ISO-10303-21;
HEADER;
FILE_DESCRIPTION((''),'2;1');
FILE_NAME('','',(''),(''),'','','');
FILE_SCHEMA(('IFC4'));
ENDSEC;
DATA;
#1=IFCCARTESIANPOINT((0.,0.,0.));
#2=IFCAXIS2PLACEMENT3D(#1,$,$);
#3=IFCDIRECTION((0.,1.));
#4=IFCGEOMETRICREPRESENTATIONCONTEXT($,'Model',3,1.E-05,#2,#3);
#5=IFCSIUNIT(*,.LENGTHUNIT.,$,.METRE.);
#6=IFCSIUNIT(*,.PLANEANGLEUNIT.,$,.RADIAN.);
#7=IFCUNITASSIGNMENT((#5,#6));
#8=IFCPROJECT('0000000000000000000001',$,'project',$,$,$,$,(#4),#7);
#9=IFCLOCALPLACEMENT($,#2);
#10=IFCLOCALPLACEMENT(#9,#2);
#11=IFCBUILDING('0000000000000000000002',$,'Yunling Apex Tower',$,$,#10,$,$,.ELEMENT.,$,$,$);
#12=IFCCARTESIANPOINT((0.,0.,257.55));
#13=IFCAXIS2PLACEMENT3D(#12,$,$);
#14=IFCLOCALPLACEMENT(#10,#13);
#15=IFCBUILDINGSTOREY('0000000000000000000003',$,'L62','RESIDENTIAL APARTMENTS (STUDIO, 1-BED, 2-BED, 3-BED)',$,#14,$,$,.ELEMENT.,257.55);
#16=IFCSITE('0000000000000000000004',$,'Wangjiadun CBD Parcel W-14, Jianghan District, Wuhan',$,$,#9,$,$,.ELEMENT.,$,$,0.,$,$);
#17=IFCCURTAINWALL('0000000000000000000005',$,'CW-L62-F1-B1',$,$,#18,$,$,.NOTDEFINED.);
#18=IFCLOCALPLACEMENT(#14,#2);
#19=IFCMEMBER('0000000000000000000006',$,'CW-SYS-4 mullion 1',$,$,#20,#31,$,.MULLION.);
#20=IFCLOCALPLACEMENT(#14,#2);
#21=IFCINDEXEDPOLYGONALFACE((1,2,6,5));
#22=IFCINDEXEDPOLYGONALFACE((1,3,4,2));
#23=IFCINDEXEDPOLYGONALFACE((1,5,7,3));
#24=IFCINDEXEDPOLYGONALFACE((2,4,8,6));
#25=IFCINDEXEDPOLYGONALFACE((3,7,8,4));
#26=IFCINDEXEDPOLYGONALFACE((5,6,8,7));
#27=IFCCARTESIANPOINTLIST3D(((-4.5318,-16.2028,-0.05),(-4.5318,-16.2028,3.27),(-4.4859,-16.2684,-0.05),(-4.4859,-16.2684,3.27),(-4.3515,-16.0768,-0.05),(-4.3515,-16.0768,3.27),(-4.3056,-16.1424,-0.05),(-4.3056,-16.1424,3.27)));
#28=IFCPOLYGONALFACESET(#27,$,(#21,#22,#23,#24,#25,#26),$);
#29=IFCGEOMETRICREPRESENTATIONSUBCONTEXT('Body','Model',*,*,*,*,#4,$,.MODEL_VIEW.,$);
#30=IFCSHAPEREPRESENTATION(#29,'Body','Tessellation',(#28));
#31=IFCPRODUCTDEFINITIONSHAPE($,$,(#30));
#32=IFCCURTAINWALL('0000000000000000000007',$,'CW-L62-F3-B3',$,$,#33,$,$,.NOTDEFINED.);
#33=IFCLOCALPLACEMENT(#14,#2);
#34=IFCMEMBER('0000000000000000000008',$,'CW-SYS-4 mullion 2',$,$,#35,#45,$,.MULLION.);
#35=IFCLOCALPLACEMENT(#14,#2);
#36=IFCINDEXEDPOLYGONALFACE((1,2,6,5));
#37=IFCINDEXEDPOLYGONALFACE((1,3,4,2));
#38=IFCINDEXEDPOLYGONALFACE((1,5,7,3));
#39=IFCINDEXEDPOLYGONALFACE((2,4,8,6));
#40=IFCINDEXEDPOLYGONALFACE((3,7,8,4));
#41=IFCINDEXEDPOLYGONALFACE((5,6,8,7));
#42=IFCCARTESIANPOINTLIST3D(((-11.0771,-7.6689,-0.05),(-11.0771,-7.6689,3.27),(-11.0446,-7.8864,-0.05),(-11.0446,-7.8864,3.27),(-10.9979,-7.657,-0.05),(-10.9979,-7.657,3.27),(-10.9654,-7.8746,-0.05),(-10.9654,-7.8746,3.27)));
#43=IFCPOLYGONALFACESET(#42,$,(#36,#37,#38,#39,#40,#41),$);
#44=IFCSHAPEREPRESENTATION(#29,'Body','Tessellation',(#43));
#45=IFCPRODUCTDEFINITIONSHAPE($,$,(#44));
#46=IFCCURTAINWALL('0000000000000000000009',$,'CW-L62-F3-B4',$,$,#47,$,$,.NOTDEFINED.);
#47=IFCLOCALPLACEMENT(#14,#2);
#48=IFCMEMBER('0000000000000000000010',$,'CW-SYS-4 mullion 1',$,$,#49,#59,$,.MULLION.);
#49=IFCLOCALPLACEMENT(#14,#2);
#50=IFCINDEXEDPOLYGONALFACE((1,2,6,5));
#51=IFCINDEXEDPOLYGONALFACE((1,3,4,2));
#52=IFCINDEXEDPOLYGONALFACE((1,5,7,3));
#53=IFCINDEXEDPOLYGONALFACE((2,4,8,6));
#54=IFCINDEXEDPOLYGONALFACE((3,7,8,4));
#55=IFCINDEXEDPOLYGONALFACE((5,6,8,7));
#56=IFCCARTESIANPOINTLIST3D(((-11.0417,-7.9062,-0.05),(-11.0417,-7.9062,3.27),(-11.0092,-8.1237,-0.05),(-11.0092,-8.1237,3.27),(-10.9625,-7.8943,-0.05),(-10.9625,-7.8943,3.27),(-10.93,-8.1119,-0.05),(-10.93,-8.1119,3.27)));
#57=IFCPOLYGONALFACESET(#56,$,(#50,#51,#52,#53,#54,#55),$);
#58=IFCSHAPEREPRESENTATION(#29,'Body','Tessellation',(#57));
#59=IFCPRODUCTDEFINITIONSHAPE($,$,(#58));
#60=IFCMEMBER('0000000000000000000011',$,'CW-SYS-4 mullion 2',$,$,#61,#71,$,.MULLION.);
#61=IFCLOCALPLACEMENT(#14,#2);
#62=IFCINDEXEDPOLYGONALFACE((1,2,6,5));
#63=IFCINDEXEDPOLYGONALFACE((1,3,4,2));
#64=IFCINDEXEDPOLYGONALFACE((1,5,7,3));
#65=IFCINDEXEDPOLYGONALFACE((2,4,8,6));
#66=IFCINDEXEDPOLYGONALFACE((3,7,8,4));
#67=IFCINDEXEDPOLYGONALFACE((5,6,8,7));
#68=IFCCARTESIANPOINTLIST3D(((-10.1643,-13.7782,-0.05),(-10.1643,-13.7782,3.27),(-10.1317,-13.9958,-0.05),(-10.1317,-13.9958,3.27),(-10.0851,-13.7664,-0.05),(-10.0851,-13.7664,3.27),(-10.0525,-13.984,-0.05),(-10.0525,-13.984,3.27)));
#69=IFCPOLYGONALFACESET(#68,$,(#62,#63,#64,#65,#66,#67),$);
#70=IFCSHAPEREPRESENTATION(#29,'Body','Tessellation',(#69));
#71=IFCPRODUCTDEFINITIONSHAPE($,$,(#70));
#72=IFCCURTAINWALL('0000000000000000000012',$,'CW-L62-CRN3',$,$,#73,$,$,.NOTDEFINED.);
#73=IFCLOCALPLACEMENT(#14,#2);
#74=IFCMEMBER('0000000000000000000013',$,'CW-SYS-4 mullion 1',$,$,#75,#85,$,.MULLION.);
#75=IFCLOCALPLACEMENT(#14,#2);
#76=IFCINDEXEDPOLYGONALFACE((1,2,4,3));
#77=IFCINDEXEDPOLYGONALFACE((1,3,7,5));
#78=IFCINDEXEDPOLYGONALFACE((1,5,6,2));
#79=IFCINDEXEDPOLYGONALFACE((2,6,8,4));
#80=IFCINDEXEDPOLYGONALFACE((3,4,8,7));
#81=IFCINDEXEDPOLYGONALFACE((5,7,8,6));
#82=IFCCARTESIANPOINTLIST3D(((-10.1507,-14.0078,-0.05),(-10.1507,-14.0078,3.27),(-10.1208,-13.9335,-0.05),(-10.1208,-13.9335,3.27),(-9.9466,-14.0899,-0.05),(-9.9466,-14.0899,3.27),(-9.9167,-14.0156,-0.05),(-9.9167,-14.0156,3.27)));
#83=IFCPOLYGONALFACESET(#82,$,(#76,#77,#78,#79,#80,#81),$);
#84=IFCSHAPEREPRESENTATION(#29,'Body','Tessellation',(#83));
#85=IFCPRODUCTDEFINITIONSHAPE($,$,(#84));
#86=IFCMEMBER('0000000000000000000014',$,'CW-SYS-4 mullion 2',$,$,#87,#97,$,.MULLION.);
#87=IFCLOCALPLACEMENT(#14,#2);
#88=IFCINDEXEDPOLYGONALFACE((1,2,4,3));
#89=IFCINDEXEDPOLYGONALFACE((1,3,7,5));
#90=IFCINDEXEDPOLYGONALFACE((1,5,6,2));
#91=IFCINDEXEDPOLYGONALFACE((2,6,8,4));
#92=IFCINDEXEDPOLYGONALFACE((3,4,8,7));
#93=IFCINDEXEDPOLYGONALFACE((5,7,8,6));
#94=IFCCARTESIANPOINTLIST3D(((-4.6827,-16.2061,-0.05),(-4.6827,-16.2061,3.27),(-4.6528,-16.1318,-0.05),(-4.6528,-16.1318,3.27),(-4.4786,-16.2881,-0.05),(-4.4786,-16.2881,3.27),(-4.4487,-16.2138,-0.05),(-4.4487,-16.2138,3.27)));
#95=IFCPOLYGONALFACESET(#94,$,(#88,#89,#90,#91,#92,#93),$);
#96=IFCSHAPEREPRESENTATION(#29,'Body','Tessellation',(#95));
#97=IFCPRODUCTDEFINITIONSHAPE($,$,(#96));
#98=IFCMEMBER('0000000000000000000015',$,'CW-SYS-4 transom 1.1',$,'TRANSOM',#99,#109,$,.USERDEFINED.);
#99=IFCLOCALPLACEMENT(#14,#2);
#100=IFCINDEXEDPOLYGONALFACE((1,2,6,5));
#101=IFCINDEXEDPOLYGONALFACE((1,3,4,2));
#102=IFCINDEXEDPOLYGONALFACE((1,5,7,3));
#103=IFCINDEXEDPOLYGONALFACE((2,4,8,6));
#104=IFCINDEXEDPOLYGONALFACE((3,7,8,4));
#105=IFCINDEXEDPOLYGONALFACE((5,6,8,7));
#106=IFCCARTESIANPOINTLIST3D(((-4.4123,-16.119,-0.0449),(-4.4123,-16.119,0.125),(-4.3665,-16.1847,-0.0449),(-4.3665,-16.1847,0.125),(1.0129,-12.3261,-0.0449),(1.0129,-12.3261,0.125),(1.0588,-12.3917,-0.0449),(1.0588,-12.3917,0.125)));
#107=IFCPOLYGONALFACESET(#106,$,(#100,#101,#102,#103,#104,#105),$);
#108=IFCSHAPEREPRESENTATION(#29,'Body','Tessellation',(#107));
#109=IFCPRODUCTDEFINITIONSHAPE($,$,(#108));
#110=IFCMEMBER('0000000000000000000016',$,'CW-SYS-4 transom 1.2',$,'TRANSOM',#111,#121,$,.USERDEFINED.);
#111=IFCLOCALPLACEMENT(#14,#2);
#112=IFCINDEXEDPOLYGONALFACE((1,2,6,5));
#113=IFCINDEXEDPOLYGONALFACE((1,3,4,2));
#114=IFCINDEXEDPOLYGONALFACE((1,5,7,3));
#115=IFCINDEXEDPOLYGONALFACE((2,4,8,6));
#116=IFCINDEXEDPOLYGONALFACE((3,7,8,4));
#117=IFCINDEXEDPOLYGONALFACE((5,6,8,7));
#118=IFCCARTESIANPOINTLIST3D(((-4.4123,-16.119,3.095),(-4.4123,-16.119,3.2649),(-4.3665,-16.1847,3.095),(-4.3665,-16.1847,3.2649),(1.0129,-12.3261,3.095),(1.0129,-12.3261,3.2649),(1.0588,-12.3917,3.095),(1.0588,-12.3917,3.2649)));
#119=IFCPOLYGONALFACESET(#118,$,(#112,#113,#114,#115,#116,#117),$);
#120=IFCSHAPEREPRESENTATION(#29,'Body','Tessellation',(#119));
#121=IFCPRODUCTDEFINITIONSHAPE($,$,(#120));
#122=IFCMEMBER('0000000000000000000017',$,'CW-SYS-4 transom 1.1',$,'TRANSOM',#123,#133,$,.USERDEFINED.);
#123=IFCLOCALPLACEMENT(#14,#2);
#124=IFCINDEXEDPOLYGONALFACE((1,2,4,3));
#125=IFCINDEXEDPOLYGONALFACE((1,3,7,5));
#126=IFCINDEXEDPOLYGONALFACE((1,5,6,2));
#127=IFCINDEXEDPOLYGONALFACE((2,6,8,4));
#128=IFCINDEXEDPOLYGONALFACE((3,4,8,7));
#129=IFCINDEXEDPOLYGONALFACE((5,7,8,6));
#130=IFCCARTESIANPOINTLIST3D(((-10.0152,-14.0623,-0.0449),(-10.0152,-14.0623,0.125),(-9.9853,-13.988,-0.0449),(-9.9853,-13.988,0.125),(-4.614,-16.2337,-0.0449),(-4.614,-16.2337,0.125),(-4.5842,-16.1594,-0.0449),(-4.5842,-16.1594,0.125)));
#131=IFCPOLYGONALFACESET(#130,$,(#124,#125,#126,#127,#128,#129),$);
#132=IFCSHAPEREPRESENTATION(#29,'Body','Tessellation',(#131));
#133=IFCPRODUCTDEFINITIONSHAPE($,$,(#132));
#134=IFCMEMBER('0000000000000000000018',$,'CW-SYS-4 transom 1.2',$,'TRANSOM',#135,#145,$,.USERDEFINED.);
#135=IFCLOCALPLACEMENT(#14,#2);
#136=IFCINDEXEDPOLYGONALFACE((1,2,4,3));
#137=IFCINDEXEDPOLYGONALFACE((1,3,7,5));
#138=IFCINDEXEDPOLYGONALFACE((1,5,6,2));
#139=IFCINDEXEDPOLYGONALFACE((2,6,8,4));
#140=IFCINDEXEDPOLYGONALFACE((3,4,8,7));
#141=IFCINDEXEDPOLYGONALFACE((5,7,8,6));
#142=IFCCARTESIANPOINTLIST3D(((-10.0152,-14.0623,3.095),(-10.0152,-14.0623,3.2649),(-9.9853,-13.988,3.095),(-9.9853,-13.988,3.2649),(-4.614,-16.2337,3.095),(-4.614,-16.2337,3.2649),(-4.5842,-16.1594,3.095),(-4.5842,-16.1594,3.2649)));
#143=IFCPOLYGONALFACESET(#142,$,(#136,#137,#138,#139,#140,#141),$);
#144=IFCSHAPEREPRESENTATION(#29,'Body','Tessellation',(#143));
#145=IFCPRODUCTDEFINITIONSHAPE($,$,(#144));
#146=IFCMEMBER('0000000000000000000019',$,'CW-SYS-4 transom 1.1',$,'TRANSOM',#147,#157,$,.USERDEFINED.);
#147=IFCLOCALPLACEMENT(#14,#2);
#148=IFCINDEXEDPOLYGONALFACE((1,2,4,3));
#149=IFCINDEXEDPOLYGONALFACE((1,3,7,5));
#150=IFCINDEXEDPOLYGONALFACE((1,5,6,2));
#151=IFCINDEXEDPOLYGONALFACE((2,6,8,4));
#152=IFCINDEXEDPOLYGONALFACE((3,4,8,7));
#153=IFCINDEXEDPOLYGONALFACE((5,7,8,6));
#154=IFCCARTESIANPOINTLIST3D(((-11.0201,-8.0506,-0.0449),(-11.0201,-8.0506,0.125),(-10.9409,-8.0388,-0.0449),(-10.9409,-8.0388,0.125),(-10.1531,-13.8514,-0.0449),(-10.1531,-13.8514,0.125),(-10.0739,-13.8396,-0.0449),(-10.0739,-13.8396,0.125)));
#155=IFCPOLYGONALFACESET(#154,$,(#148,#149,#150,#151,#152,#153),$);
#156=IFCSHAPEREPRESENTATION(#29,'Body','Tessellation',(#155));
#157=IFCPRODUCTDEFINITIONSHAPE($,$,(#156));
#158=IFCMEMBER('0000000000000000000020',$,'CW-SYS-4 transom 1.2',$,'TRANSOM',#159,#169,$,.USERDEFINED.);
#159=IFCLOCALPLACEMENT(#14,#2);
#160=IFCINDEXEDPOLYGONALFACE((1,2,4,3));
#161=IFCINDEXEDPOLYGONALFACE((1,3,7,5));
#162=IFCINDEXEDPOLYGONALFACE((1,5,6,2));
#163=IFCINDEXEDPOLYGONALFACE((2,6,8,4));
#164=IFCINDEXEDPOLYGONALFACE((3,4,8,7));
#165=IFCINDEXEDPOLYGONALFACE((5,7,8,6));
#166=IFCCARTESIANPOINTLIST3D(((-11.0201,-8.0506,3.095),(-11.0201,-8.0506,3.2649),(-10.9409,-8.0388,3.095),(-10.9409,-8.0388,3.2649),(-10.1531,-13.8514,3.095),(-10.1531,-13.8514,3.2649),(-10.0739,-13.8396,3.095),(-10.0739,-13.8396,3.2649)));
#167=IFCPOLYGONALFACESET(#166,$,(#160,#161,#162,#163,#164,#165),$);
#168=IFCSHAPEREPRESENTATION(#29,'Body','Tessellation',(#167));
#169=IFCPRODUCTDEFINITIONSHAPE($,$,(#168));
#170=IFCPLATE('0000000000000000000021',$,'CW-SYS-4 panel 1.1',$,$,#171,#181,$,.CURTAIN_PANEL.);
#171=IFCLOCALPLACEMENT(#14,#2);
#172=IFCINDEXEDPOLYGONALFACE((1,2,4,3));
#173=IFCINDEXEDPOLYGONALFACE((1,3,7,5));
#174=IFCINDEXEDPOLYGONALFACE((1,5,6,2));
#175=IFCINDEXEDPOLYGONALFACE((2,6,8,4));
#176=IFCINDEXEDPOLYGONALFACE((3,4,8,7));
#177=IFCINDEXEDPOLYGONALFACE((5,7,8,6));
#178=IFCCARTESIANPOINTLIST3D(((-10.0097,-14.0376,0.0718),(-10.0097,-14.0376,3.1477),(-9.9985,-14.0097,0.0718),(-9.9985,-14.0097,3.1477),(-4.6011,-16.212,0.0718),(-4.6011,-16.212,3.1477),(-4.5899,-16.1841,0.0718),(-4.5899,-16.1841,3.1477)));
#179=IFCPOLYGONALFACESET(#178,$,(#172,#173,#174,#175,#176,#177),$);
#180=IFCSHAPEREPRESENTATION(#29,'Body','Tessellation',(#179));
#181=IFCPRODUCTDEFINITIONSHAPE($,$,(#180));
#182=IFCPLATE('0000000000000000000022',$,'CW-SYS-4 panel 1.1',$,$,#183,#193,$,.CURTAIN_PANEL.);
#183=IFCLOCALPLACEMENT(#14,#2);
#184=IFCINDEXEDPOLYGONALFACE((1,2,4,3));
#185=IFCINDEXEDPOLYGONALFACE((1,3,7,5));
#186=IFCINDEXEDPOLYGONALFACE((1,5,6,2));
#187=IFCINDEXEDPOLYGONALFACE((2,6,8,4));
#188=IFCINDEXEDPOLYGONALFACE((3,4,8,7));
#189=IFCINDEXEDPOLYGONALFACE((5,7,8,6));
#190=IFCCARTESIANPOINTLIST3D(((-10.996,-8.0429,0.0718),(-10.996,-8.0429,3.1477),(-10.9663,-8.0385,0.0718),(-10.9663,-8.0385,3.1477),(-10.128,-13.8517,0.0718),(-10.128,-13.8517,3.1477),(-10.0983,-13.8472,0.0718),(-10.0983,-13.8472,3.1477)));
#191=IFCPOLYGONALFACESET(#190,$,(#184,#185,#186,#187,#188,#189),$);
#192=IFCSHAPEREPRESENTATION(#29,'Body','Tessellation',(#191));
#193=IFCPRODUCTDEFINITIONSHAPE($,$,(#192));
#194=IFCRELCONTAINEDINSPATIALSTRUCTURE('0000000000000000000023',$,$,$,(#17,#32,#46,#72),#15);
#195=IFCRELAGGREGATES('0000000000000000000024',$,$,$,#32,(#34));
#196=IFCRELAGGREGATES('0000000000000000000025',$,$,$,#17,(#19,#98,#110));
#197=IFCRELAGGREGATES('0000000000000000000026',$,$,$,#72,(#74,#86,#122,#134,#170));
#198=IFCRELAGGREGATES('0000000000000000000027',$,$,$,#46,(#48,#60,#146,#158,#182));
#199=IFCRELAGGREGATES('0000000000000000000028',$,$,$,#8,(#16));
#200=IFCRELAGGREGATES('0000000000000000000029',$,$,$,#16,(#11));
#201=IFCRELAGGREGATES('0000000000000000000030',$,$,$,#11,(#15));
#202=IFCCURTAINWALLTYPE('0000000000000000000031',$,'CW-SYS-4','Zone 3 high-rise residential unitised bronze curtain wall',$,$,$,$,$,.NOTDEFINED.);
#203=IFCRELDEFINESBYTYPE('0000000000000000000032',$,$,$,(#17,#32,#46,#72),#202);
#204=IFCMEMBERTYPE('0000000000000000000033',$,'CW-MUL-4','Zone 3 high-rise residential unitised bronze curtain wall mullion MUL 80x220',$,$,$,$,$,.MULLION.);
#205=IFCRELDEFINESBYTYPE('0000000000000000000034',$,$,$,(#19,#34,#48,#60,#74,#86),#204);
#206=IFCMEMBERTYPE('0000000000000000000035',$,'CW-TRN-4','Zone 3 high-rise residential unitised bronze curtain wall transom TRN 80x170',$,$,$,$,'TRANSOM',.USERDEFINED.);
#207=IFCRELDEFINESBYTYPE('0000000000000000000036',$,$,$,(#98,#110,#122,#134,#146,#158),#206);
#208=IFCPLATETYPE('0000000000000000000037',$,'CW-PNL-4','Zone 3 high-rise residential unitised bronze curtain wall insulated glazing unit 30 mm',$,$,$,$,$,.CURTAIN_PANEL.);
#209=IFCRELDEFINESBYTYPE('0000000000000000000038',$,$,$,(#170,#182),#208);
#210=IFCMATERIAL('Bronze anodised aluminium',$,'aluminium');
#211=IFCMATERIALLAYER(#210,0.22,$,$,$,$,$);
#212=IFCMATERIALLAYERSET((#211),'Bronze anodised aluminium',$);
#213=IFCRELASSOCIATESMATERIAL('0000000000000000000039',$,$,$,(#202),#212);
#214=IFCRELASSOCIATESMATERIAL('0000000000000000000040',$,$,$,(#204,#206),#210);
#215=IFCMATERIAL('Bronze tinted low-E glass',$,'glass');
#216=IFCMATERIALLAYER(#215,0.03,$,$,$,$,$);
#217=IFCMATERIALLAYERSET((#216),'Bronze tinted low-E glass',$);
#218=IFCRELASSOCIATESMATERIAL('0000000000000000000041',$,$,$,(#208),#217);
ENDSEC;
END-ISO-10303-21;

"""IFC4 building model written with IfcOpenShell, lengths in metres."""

from ifc_helpers import new_model, si_unit, direction, frame, origin, origin_2d, place, context, subcontext, project, spatial, rectangle, extrude, source, transform, mapped, material, layer, layer_set, material_profile, profile_set, type_object, element, aggregate, save


model = new_model("IFC4")

# Units and contexts
model_context = context("Model", 3, precision=1e-05, world=origin(), true_north=direction((0.0, 1.0)))
body_context = subcontext(model_context, "Body", "Model", "MODEL_VIEW")
ifc_project = project(units=[si_unit("LENGTHUNIT", "METRE"), si_unit("PLANEANGLEUNIT", "RADIAN")], contexts=[model_context])

# Site, building, storey
site_placement = place(None, origin())
site = spatial("IfcSite", under=ifc_project, at=site_placement, Name="Wangjiadun CBD Parcel W-14, Jianghan District, Wuhan", CompositionType="ELEMENT", RefElevation=0.0)
building_placement = place(site_placement, origin())
building = spatial("IfcBuilding", under=site, at=building_placement, Name="Yunling Apex Tower", CompositionType="ELEMENT")
storey_placement = place(building_placement, frame((0.0, 0.0, 257.55)))
storey = spatial("IfcBuildingStorey", under=building, at=storey_placement, Name="L62", Description="RESIDENTIAL APARTMENTS (STUDIO, 1-BED, 2-BED, 3-BED)", CompositionType="ELEMENT", Elevation=257.55)

# Curtain walls, members
ifc_material_1 = material(Name="Bronze anodised aluminium", Category="aluminium")
ifc_layer_1 = layer(ifc_material_1, 0.22)
ifc_layer_set_1 = layer_set([ifc_layer_1], Name="Bronze anodised aluminium")
curtain_wall_type = type_object("IfcCurtainWallType", Name="CW-SYS-4", Description="Zone 3 high-rise residential unitised bronze curtain wall", PredefinedType="NOTDEFINED", material=ifc_layer_set_1)
curtain_wall_1_placement = place(storey_placement, origin())
curtain_wall_1 = element("IfcCurtainWall", 1, at=curtain_wall_1_placement, inside=storey, type_object=curtain_wall_type, Name="CW-L62-F1-B1", PredefinedType="NOTDEFINED")
ifc_material_profile_1 = material_profile(ifc_material_1, rectangle(XDim=0.0801, YDim=0.22, at=origin_2d()))
ifc_profile_set_1 = profile_set([ifc_material_profile_1], Name="Bronze anodised aluminium")
member_type_1 = type_object("IfcMemberType", Name="CW-MUL-4", Description="Zone 3 high-rise residential unitised bronze curtain wall mullion MUL 80x220", PredefinedType="MULLION", material=ifc_profile_set_1)
shared_shape_1 = source(origin(), body_context, "Body", "SweptSolid", [
    extrude(rectangle(XDim=0.0801, YDim=0.22, at=origin_2d()), origin(), (0.0, 0.0, 1.0), 3.3201),
])
member_1_placement = place(storey_placement, frame((-4.4187, -16.1726, -0.05), z_axis=(0.0, 0.0, 1.0), x_axis=(-0.573, 0.819555, 0.0)))
member_1 = element("IfcMember", 2, at=member_1_placement, type_object=member_type_1, Name="CW-SYS-4 mullion 1", PredefinedType="MULLION", context=body_context, shape_type="MappedRepresentation", body=[
    mapped(shared_shape_1, transform((0.0, 0.0, 0.0), scale=1.0)),
])
curtain_wall_2_placement = place(storey_placement, origin())
curtain_wall_2 = element("IfcCurtainWall", 3, at=curtain_wall_2_placement, inside=storey, type_object=curtain_wall_type, Name="CW-L62-F3-B3", PredefinedType="NOTDEFINED")
member_2_placement = place(storey_placement, frame((-11.0212, -7.7717, -0.05), z_axis=(0.0, 0.0, 1.0), x_axis=(0.989016, 0.147807, 0.0)))
member_2 = element("IfcMember", 4, at=member_2_placement, type_object=member_type_1, Name="CW-SYS-4 mullion 2", PredefinedType="MULLION", context=body_context, shape_type="MappedRepresentation", body=[
    mapped(shared_shape_1, transform((0.0, 0.0, 0.0), scale=1.0)),
])
aggregate(curtain_wall_2, [member_2])

# Curtain walls, members
curtain_wall_3_placement = place(storey_placement, origin())
curtain_wall_3 = element("IfcCurtainWall", 5, at=curtain_wall_3_placement, inside=storey, type_object=curtain_wall_type, Name="CW-L62-F3-B4", PredefinedType="NOTDEFINED")
member_3_placement = place(storey_placement, frame((-10.9858, -8.009, -0.05), z_axis=(0.0, 0.0, 1.0), x_axis=(0.989019, 0.147791, 0.0)))
member_3 = element("IfcMember", 6, at=member_3_placement, type_object=member_type_1, Name="CW-SYS-4 mullion 1", PredefinedType="MULLION", context=body_context, shape_type="MappedRepresentation", body=[
    mapped(shared_shape_1, transform((0.0, 0.0, 0.0), scale=1.0)),
])
member_4_placement = place(storey_placement, frame((-10.1084, -13.8811, -0.05), z_axis=(0.0, 0.0, 1.0), x_axis=(0.989019, 0.147791, 0.0)))
member_4 = element("IfcMember", 7, at=member_4_placement, type_object=member_type_1, Name="CW-SYS-4 mullion 2", PredefinedType="MULLION", context=body_context, shape_type="MappedRepresentation", body=[
    mapped(shared_shape_1, transform((0.0, 0.0, 0.0), scale=1.0)),
])
curtain_wall_4_placement = place(storey_placement, origin())
curtain_wall_4 = element("IfcCurtainWall", 8, at=curtain_wall_4_placement, inside=storey, type_object=curtain_wall_type, Name="CW-L62-CRN3", PredefinedType="NOTDEFINED")
member_5_placement = place(storey_placement, frame((-10.0337, -14.0117, -0.05), z_axis=(0.0, 0.0, 1.0), x_axis=(0.373009, 0.927828, 0.0)))
member_5 = element("IfcMember", 9, at=member_5_placement, type_object=member_type_1, Name="CW-SYS-4 mullion 1", PredefinedType="MULLION", context=body_context, shape_type="MappedRepresentation", body=[
    mapped(shared_shape_1, transform((0.0, 0.0, 0.0), scale=1.0)),
])
member_6_placement = place(storey_placement, frame((-4.5657, -16.21, -0.05), z_axis=(0.0, 0.0, 1.0), x_axis=(0.373009, 0.927828, 0.0)))
member_6 = element("IfcMember", 10, at=member_6_placement, type_object=member_type_1, Name="CW-SYS-4 mullion 2", PredefinedType="MULLION", context=body_context, shape_type="MappedRepresentation", body=[
    mapped(shared_shape_1, transform((0.0, 0.0, 0.0), scale=1.0)),
])

# Members
ifc_material_profile_2 = material_profile(ifc_material_1, rectangle(XDim=0.0801, YDim=0.1699, at=origin_2d()))
ifc_profile_set_2 = profile_set([ifc_material_profile_2], Name="Bronze anodised aluminium")
member_type_2 = type_object("IfcMemberType", Name="CW-TRN-4", Description="Zone 3 high-rise residential unitised bronze curtain wall transom TRN 80x170", ElementType="TRANSOM", PredefinedType="USERDEFINED", material=ifc_profile_set_2)
shared_shape_2 = source(origin(), body_context, "Body", "SweptSolid", [
    extrude(rectangle(XDim=0.0801, YDim=0.1699, at=origin_2d()), origin(), (0.0, 0.0, 1.0), 6.6196),
])
member_7_placement = place(storey_placement, frame((-4.3894, -16.1519, 0.04), z_axis=(0.819568, 0.572982, 0.0), x_axis=(-0.572982, 0.819568, 0.0)))
member_7 = element("IfcMember", 11, at=member_7_placement, type_object=member_type_2, Name="CW-SYS-4 transom 1.1", ObjectType="TRANSOM", PredefinedType="USERDEFINED", context=body_context, shape_type="MappedRepresentation", body=[
    mapped(shared_shape_2, transform((0.0, 0.0, 0.0), scale=1.0)),
])
member_8_placement = place(storey_placement, frame((-4.3894, -16.1519, 3.1799), z_axis=(0.819568, 0.572982, 0.0), x_axis=(-0.572982, 0.819568, 0.0)))
member_8 = element("IfcMember", 12, at=member_8_placement, type_object=member_type_2, Name="CW-SYS-4 transom 1.2", ObjectType="TRANSOM", PredefinedType="USERDEFINED", context=body_context, shape_type="MappedRepresentation", body=[
    mapped(shared_shape_2, transform((0.0, 0.0, 0.0), scale=1.0)),
])
aggregate(curtain_wall_1, [member_1, member_7, member_8])
shared_shape_3 = source(origin(), body_context, "Body", "SweptSolid", [
    extrude(rectangle(XDim=0.0801, YDim=0.1699, at=origin_2d()), origin(), (0.0, 0.0, 1.0), 5.8213),
])
member_9_placement = place(storey_placement, frame((-10.0002, -14.0251, 0.04), z_axis=(0.927827, -0.37301, 0.0), x_axis=(0.37301, 0.927827, 0.0)))
member_9 = element("IfcMember", 13, at=member_9_placement, type_object=member_type_2, Name="CW-SYS-4 transom 1.1", ObjectType="TRANSOM", PredefinedType="USERDEFINED", context=body_context, shape_type="MappedRepresentation", body=[
    mapped(shared_shape_3, transform((0.0, 0.0, 0.0), scale=1.0)),
])
member_10_placement = place(storey_placement, frame((-10.0002, -14.0251, 3.1799), z_axis=(0.927827, -0.37301, 0.0), x_axis=(0.37301, 0.927827, 0.0)))
member_10 = element("IfcMember", 14, at=member_10_placement, type_object=member_type_2, Name="CW-SYS-4 transom 1.2", ObjectType="TRANSOM", PredefinedType="USERDEFINED", context=body_context, shape_type="MappedRepresentation", body=[
    mapped(shared_shape_3, transform((0.0, 0.0, 0.0), scale=1.0)),
])
shared_shape_4 = source(origin(), body_context, "Body", "SweptSolid", [
    extrude(rectangle(XDim=0.0801, YDim=0.1699, at=origin_2d()), origin(), (0.0, 0.0, 1.0), 5.8652),
])
member_11_placement = place(storey_placement, frame((-10.9805, -8.0447, 0.04), z_axis=(0.147811, -0.989016, 0.0), x_axis=(0.989016, 0.147811, 0.0)))
member_11 = element("IfcMember", 15, at=member_11_placement, type_object=member_type_2, Name="CW-SYS-4 transom 1.1", ObjectType="TRANSOM", PredefinedType="USERDEFINED", context=body_context, shape_type="MappedRepresentation", body=[
    mapped(shared_shape_4, transform((0.0, 0.0, 0.0), scale=1.0)),
])
member_12_placement = place(storey_placement, frame((-10.9805, -8.0447, 3.1799), z_axis=(0.147811, -0.989016, 0.0), x_axis=(0.989016, 0.147811, 0.0)))
member_12 = element("IfcMember", 16, at=member_12_placement, type_object=member_type_2, Name="CW-SYS-4 transom 1.2", ObjectType="TRANSOM", PredefinedType="USERDEFINED", context=body_context, shape_type="MappedRepresentation", body=[
    mapped(shared_shape_4, transform((0.0, 0.0, 0.0), scale=1.0)),
])

# Plates
ifc_material_2 = material(Name="Bronze tinted low-E glass", Category="glass")
ifc_layer_2 = layer(ifc_material_2, 0.03)
ifc_layer_set_2 = layer_set([ifc_layer_2], Name="Bronze tinted low-E glass")
plate_type = type_object("IfcPlateType", Name="CW-PNL-4", Description="Zone 3 high-rise residential unitised bronze curtain wall insulated glazing unit 30 mm", PredefinedType="CURTAIN_PANEL", material=ifc_layer_set_2)
shared_shape_5 = source(origin(), body_context, "Body", "SweptSolid", [
    extrude(rectangle(XDim=5.8293, YDim=0.03, at=origin_2d()), origin(), (0.0, 0.0, 1.0), 3.0759),
])
plate_1_placement = place(storey_placement, frame((-7.2998, -15.1108, 0.0718), z_axis=(0.0, 0.0, 1.0), x_axis=(0.927828, -0.373009, 0.0)))
plate_1 = element("IfcPlate", 17, at=plate_1_placement, type_object=plate_type, Name="CW-SYS-4 panel 1.1", PredefinedType="CURTAIN_PANEL", context=body_context, shape_type="MappedRepresentation", body=[
    mapped(shared_shape_5, transform((0.0, 0.0, 0.0), scale=1.0)),
])
aggregate(curtain_wall_4, [member_5, member_6, member_9, member_10, plate_1])
shared_shape_6 = source(origin(), body_context, "Body", "SweptSolid", [
    extrude(rectangle(XDim=5.8733, YDim=0.03, at=origin_2d()), origin(), (0.0, 0.0, 1.0), 3.0759),
])
plate_2_placement = place(storey_placement, frame((-10.5471, -10.9451, 0.0718), z_axis=(0.0, 0.0, 1.0), x_axis=(0.147791, -0.989019, 0.0)))
plate_2 = element("IfcPlate", 18, at=plate_2_placement, type_object=plate_type, Name="CW-SYS-4 panel 1.1", PredefinedType="CURTAIN_PANEL", context=body_context, shape_type="MappedRepresentation", body=[
    mapped(shared_shape_6, transform((0.0, 0.0, 0.0), scale=1.0)),
])
aggregate(curtain_wall_3, [member_3, member_4, member_11, member_12, plate_2])

save(model, "model.ifc")
